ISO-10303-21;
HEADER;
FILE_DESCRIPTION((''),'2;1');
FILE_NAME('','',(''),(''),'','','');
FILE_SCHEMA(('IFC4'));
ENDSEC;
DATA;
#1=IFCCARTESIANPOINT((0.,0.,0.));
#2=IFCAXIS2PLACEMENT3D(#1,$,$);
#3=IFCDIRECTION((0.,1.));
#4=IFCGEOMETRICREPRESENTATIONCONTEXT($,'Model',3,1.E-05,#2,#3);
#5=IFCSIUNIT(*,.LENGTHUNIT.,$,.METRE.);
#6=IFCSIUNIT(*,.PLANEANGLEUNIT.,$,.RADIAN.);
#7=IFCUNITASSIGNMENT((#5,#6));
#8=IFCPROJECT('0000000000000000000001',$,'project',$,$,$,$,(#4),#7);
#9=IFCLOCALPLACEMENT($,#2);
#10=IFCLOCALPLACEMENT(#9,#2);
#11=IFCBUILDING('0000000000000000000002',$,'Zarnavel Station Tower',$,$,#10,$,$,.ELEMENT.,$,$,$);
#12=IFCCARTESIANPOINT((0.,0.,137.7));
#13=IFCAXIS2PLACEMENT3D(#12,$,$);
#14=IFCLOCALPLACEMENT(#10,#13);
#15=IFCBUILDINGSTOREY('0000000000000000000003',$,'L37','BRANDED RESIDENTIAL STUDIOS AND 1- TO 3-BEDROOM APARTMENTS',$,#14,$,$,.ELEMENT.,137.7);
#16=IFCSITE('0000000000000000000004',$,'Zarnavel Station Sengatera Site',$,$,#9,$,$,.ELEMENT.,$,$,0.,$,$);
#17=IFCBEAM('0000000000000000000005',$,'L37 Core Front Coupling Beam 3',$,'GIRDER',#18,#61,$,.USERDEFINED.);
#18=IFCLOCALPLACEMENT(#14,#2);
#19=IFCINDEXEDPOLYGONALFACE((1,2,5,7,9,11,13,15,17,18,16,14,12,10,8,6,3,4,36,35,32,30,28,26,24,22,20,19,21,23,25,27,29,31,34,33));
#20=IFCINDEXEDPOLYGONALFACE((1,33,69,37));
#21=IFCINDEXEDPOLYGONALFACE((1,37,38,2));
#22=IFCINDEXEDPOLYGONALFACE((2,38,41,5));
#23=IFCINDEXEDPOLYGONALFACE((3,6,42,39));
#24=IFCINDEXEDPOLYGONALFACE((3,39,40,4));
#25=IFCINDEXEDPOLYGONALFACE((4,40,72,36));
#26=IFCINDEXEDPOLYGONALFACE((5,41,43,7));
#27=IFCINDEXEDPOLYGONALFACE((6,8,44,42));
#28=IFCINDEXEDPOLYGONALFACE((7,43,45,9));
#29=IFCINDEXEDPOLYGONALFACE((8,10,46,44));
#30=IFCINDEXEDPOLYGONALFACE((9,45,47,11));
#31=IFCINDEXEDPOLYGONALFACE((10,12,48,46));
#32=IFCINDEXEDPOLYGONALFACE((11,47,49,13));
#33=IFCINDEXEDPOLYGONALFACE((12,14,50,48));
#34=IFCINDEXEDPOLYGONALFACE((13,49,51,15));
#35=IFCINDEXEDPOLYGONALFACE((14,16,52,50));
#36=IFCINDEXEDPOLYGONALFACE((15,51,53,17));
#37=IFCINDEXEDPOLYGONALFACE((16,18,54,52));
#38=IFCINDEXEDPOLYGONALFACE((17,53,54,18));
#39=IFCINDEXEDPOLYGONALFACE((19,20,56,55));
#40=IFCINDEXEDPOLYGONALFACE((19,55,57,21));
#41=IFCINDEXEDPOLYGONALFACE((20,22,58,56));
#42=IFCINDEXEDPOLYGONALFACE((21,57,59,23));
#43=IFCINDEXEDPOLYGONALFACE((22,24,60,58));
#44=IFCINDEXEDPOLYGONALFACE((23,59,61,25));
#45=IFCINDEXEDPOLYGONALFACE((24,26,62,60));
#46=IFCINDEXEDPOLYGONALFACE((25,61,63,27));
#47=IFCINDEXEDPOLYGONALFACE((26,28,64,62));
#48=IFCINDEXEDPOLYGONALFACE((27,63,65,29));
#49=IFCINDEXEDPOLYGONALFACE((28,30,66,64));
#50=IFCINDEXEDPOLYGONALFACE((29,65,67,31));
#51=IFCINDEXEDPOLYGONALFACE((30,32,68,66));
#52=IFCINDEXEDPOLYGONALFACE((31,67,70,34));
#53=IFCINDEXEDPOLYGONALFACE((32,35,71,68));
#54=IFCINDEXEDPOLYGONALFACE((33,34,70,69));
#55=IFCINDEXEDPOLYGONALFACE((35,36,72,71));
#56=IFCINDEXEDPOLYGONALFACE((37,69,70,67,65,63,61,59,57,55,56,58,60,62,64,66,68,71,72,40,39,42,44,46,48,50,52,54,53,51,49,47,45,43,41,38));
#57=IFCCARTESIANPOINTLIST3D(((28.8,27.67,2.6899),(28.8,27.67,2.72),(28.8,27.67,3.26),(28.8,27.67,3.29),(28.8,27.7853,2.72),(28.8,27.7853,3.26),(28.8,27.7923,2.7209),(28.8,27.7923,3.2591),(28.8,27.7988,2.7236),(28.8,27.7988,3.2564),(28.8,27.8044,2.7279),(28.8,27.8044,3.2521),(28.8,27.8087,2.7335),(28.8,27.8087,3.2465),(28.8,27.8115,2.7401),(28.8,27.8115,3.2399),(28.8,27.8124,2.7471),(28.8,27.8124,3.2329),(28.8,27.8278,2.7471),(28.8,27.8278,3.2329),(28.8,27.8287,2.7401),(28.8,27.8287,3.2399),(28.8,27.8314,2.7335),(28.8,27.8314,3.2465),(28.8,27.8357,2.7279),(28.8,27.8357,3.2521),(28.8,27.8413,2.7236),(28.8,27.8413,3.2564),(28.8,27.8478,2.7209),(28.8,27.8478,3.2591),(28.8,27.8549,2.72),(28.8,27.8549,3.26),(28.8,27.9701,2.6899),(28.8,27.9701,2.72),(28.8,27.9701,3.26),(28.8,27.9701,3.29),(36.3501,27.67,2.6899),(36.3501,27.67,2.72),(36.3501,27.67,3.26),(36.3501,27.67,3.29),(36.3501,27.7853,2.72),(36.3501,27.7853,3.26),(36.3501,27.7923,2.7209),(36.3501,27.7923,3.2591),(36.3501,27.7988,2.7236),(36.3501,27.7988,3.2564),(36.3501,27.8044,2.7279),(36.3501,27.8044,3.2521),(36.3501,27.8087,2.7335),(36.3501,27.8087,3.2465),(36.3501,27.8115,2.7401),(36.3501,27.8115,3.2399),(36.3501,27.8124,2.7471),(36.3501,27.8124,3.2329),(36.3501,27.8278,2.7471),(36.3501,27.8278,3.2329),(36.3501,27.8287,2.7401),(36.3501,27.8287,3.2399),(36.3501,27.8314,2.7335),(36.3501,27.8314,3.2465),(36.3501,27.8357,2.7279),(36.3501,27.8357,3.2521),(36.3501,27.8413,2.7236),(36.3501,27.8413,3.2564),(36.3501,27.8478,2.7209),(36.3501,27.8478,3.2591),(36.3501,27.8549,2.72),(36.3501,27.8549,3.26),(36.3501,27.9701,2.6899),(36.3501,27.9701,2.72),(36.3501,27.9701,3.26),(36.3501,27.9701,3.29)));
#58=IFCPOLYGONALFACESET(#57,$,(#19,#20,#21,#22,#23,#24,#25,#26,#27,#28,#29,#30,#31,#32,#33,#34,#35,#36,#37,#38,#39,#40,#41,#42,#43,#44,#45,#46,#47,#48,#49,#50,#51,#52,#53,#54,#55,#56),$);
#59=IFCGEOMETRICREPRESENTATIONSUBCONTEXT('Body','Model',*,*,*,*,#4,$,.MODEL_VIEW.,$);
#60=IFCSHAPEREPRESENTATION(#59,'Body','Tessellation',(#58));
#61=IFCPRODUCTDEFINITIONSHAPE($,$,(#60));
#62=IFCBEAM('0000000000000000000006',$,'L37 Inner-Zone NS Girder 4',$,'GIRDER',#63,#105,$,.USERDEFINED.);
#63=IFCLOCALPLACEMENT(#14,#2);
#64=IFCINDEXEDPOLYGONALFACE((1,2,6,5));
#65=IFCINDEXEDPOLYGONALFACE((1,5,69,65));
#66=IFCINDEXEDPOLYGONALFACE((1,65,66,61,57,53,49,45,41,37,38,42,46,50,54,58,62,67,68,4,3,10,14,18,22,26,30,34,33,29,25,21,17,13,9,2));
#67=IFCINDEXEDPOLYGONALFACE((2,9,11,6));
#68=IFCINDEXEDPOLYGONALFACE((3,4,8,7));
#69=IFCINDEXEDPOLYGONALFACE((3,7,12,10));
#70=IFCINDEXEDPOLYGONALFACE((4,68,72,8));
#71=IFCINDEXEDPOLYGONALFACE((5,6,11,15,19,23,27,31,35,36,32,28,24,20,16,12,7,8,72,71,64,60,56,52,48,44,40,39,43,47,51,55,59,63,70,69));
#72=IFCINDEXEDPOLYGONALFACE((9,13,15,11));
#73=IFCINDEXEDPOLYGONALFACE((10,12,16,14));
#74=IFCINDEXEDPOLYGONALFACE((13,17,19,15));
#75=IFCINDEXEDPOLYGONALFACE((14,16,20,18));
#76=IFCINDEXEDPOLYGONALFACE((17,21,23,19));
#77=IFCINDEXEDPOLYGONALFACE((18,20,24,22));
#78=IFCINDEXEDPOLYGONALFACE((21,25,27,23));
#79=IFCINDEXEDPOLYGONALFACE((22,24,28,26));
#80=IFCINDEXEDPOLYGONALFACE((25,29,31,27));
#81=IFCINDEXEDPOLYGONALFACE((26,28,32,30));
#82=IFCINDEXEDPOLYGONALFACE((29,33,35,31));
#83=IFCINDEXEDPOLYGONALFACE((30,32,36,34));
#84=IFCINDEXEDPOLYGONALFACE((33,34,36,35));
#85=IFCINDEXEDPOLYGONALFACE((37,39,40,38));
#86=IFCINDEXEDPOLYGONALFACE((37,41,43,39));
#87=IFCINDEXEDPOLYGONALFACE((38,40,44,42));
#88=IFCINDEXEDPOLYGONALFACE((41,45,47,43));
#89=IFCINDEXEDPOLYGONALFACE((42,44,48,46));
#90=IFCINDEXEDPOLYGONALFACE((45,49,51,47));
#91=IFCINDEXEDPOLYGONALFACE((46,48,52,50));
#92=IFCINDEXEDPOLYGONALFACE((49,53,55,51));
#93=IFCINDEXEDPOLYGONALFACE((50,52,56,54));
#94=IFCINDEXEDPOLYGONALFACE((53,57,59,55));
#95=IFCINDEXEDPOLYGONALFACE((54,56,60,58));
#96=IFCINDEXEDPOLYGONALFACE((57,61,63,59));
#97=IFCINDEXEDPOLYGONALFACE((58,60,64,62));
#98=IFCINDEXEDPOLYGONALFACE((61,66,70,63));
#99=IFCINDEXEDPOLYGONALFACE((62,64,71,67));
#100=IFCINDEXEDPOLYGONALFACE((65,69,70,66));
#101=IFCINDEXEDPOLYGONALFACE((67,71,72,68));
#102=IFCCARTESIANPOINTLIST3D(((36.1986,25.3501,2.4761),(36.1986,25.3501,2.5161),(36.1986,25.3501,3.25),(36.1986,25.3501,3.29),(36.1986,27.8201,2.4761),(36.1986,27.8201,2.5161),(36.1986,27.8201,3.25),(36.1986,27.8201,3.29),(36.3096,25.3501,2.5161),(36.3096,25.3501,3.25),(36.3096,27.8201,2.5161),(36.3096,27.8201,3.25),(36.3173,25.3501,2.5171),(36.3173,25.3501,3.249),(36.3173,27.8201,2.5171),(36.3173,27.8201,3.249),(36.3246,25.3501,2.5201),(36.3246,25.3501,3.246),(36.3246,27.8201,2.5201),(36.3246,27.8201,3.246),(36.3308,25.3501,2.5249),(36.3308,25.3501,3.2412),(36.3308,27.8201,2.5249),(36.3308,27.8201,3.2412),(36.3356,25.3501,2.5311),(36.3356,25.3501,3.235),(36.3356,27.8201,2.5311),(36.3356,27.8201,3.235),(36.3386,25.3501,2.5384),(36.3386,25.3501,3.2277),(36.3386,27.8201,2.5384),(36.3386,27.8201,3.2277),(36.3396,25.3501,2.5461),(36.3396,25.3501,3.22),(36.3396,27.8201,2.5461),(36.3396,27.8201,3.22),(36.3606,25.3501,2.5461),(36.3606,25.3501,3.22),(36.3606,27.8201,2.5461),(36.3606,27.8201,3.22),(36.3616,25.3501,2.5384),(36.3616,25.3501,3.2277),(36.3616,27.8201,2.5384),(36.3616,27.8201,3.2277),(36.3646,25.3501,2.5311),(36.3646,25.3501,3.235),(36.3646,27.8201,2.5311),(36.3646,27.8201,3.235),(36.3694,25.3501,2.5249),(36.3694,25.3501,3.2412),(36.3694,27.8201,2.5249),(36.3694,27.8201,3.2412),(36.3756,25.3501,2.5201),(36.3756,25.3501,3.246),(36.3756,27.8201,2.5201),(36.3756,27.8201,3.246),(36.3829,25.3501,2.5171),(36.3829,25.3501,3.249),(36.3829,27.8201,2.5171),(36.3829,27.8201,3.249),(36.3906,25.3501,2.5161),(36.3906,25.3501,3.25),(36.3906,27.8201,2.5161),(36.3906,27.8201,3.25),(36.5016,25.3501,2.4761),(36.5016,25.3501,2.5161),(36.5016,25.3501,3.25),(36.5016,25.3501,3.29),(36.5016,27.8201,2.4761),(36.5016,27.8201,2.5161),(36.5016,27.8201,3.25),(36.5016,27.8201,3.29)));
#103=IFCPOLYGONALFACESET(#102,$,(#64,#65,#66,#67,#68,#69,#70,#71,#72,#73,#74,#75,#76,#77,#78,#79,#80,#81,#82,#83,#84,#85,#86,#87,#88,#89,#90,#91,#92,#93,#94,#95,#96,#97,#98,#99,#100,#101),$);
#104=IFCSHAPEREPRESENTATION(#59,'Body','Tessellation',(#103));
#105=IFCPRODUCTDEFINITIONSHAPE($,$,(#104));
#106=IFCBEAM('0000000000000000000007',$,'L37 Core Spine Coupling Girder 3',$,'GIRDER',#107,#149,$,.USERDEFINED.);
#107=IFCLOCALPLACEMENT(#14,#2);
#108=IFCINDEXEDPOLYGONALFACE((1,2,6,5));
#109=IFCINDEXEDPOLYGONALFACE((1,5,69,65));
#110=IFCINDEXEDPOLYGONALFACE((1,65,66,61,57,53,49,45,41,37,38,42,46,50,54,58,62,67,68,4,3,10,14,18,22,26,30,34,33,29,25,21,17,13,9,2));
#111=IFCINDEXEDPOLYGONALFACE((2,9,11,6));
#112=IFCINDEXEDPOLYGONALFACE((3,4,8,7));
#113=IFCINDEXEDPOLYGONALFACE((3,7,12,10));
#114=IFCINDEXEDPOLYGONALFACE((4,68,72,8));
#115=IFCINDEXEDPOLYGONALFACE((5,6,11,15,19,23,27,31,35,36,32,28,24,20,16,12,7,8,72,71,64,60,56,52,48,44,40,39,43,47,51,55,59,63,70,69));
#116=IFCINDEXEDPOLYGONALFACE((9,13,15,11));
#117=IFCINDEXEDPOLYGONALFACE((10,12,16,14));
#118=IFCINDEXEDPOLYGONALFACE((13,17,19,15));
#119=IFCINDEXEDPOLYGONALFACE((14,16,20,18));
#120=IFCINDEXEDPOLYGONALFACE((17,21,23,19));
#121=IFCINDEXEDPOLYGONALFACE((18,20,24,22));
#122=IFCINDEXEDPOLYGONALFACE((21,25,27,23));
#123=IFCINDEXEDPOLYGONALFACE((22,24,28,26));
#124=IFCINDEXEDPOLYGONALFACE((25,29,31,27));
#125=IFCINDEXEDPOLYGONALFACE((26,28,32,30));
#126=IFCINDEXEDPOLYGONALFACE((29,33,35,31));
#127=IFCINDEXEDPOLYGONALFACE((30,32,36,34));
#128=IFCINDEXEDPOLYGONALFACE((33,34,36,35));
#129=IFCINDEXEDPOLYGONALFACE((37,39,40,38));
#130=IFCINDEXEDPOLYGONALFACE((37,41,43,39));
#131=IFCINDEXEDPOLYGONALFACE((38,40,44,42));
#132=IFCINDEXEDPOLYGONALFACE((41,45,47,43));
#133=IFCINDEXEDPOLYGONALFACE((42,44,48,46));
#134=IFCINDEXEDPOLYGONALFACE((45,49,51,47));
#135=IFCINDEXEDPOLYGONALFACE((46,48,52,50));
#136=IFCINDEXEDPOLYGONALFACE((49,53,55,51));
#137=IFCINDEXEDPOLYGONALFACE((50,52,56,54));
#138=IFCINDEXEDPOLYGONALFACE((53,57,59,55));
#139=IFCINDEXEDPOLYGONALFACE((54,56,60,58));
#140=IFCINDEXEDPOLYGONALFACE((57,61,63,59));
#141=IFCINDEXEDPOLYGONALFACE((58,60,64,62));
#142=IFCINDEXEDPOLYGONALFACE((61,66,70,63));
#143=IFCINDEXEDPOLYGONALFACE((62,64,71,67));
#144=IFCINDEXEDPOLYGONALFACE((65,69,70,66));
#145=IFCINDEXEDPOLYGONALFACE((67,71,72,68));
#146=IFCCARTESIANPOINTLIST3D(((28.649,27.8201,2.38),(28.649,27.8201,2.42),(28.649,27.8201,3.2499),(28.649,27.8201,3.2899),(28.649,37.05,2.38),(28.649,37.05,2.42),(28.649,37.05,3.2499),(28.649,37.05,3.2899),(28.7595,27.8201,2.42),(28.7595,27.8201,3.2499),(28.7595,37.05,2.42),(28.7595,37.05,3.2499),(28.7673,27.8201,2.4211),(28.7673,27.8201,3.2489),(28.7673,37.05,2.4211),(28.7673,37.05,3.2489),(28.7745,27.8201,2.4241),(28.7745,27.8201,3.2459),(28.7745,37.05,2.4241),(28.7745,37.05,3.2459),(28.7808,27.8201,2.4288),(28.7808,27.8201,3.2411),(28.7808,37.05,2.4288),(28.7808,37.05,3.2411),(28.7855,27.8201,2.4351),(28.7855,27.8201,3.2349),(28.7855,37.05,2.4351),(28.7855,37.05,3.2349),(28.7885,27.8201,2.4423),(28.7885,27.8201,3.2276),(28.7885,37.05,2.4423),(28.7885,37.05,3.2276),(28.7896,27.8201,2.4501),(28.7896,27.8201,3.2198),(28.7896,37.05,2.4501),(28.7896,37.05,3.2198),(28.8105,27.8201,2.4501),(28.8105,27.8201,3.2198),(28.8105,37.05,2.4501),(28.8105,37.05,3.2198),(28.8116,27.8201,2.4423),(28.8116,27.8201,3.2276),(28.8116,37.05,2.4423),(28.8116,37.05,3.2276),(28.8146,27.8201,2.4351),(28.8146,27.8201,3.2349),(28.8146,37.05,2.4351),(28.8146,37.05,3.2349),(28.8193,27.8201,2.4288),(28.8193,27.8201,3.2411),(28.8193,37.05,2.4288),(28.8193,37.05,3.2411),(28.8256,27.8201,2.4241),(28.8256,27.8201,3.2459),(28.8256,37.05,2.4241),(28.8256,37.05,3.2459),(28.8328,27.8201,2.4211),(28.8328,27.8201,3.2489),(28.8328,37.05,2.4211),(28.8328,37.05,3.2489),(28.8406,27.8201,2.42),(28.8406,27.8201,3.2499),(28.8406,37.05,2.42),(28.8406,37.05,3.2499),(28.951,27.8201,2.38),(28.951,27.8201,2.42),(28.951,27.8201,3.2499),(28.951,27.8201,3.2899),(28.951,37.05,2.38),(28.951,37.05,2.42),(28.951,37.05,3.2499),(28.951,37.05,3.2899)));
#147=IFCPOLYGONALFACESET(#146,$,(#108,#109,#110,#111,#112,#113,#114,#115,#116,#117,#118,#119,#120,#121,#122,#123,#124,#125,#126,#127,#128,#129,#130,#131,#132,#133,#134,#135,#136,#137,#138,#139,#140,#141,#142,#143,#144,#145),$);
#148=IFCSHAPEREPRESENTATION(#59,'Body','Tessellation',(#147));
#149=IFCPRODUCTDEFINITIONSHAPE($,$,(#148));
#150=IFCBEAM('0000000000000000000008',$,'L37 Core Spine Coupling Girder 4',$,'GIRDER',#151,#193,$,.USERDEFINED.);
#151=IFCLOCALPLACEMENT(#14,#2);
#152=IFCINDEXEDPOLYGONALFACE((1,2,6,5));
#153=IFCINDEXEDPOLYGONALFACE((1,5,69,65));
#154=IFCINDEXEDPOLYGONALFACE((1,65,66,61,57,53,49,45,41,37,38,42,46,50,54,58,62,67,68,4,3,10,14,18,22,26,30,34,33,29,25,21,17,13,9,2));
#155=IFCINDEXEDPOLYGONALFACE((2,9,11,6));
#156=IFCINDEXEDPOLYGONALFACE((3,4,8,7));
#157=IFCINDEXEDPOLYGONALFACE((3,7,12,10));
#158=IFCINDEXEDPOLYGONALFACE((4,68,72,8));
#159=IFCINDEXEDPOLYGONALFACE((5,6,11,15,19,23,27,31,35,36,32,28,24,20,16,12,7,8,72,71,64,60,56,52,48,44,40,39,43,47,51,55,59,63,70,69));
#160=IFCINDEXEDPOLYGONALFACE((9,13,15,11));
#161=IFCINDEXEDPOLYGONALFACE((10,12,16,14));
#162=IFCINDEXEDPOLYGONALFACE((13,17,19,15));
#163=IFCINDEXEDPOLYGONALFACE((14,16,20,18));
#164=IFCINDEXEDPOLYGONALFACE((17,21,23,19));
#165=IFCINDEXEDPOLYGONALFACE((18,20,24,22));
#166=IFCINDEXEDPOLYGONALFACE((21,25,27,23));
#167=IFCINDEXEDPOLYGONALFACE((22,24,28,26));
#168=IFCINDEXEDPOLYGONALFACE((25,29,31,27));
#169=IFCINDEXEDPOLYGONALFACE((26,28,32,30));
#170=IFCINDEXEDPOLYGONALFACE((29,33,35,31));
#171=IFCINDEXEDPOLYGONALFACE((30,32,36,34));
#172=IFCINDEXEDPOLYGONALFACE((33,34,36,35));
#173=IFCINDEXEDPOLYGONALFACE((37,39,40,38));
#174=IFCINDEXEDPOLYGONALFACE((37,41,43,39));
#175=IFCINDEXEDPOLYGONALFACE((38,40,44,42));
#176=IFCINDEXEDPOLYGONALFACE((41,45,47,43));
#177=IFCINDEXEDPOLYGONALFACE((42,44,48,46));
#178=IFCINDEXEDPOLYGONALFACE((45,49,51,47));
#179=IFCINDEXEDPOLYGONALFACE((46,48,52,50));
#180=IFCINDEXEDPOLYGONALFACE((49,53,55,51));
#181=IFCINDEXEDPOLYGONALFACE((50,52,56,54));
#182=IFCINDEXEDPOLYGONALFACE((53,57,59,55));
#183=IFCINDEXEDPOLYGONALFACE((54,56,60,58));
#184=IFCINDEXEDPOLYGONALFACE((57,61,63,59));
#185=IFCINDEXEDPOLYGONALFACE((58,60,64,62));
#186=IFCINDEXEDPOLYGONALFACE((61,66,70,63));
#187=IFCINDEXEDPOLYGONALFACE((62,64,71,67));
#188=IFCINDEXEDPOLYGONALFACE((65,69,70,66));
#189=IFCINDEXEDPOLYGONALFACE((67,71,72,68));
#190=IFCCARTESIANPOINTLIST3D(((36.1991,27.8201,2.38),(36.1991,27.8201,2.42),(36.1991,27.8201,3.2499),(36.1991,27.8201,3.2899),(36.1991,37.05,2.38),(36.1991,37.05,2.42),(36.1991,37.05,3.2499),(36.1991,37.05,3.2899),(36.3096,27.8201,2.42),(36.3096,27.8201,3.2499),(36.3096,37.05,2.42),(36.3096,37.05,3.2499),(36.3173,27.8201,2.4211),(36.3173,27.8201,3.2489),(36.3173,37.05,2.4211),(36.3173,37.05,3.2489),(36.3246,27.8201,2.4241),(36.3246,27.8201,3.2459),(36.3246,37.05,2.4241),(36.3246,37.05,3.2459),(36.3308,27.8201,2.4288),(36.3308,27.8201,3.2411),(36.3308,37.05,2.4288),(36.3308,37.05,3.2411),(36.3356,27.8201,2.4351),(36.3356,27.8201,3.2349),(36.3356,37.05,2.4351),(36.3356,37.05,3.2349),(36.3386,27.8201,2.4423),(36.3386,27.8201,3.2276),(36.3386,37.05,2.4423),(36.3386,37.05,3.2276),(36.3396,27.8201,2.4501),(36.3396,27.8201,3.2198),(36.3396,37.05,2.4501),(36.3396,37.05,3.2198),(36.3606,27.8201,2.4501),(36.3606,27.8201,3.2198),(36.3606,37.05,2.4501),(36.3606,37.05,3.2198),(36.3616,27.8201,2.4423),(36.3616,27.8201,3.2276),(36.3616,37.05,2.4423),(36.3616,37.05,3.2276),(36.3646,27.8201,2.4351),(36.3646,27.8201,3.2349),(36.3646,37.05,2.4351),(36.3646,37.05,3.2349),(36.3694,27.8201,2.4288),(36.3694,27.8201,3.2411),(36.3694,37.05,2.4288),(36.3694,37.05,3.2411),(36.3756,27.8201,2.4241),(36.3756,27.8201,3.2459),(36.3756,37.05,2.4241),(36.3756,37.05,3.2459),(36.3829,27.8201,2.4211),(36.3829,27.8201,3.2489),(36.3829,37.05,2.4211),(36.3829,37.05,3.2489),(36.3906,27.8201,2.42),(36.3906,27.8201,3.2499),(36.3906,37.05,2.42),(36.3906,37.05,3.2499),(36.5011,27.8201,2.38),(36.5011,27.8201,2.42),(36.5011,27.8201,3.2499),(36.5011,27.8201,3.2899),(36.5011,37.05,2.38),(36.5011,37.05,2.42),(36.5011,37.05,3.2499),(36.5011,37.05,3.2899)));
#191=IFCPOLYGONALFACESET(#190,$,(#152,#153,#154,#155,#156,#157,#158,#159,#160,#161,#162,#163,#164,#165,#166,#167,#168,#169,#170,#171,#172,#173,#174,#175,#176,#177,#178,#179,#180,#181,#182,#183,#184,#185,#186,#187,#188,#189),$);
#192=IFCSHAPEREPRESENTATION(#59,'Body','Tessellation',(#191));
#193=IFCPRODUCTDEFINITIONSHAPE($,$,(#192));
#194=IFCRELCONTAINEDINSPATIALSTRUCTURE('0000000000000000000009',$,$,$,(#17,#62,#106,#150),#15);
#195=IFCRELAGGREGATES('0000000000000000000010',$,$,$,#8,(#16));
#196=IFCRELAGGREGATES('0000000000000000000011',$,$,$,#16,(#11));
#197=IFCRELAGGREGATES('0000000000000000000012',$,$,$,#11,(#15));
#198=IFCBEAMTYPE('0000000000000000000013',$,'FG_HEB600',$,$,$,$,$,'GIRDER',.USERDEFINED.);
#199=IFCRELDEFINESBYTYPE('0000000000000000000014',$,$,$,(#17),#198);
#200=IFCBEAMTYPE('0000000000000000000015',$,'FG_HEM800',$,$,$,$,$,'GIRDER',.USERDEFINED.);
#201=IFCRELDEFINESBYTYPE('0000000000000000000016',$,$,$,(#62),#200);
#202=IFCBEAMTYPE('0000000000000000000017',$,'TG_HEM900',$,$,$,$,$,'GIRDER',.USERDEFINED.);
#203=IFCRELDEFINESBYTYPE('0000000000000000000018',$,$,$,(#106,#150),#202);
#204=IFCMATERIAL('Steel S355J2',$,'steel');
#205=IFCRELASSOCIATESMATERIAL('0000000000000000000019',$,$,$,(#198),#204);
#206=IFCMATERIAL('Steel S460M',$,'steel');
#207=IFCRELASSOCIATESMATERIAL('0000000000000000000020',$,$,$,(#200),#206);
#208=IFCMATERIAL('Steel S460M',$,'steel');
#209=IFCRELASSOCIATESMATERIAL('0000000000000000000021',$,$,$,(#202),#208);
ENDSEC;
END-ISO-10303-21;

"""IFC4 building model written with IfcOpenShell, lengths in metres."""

from ifc_helpers import new_model, si_unit, direction, frame, origin, origin_2d, place, context, subcontext, project, spatial, i_section, extrude, material, material_profile, profile_set, type_object, element, save


model = new_model("IFC4")

# Units and contexts
model_context = context("Model", 3, precision=1e-05, world=origin(), true_north=direction((0.0, 1.0)))
body_context = subcontext(model_context, "Body", "Model", "MODEL_VIEW")
ifc_project = project(units=[si_unit("LENGTHUNIT", "METRE"), si_unit("PLANEANGLEUNIT", "RADIAN")], contexts=[model_context])

# Site, building, storey
site_placement = place(None, origin())
site = spatial("IfcSite", under=ifc_project, at=site_placement, Name="Zarnavel Station Sengatera Site", CompositionType="ELEMENT", RefElevation=0.0)
building_placement = place(site_placement, origin())
building = spatial("IfcBuilding", under=site, at=building_placement, Name="Zarnavel Station Tower", CompositionType="ELEMENT")
storey_placement = place(building_placement, frame((0.0, 0.0, 137.7)))
storey = spatial("IfcBuildingStorey", under=building, at=storey_placement, Name="L37", Description="BRANDED RESIDENTIAL STUDIOS AND 1- TO 3-BEDROOM APARTMENTS", CompositionType="ELEMENT", Elevation=137.7)

# Beams
ifc_material_1 = material(Name="Steel S355J2", Category="steel")
ifc_material_profile_1 = material_profile(ifc_material_1, i_section(OverallWidth=0.3, OverallDepth=0.6001, WebThickness=0.0154, FlangeThickness=0.03, FilletRadius=0.0271, at=origin_2d()), Name="HEB600")
ifc_profile_set_1 = profile_set([ifc_material_profile_1], Name="Steel S355J2")
beam_type_1 = type_object("IfcBeamType", Name="FG_HEB600", ElementType="GIRDER", PredefinedType="USERDEFINED", material=ifc_profile_set_1)
beam_1_placement = place(storey_placement, frame((28.8, 27.8201, 2.99), z_axis=(1.0, 0.0, 0.0), x_axis=(0.0, 1.0, 0.0)))
element("IfcBeam", 1, at=beam_1_placement, inside=storey, type_object=beam_type_1, Name="L37 Core Front Coupling Beam 3", ObjectType="GIRDER", PredefinedType="USERDEFINED", context=body_context, shape_type="SweptSolid", body=[
    extrude(i_section(OverallWidth=0.3, OverallDepth=0.6001, WebThickness=0.0154, FlangeThickness=0.03, FilletRadius=0.0271, at=origin_2d()), origin(), (0.0, 0.0, 1.0), 7.55),
])
ifc_material_2 = material(Name="Steel S460M", Category="steel")
ifc_material_profile_2 = material_profile(ifc_material_2, i_section(OverallWidth=0.303, OverallDepth=0.814, WebThickness=0.021, FlangeThickness=0.04, FilletRadius=0.03, at=origin_2d()), Name="HEM800")
ifc_profile_set_2 = profile_set([ifc_material_profile_2], Name="Steel S460M")
beam_type_2 = type_object("IfcBeamType", Name="FG_HEM800", ElementType="GIRDER", PredefinedType="USERDEFINED", material=ifc_profile_set_2)
beam_2_placement = place(storey_placement, frame((36.3501, 25.3501, 2.8831), z_axis=(0.0, 1.0, 0.0), x_axis=(-1.0, 0.0, 0.0)))
element("IfcBeam", 2, at=beam_2_placement, inside=storey, type_object=beam_type_2, Name="L37 Inner-Zone NS Girder 4", ObjectType="GIRDER", PredefinedType="USERDEFINED", context=body_context, shape_type="SweptSolid", body=[
    extrude(i_section(OverallWidth=0.303, OverallDepth=0.814, WebThickness=0.021, FlangeThickness=0.04, FilletRadius=0.03, at=origin_2d()), origin(), (0.0, 0.0, 1.0), 2.47),
])
ifc_material_3 = material(Name="Steel S460M", Category="steel")
ifc_material_profile_3 = material_profile(ifc_material_3, i_section(OverallWidth=0.302, OverallDepth=0.9099, WebThickness=0.021, FlangeThickness=0.04, FilletRadius=0.03, at=origin_2d()), Name="HEM900")
ifc_profile_set_3 = profile_set([ifc_material_profile_3], Name="Steel S460M")
beam_type_3 = type_object("IfcBeamType", Name="TG_HEM900", ElementType="GIRDER", PredefinedType="USERDEFINED", material=ifc_profile_set_3)
for number, where, z_axis, x_axis, name in (
    (3, (28.8, 27.8201, 2.835), (0.0, 1.0, 0.0), (-1.0, 0.0, 0.0), "L37 Core Spine Coupling Girder 3"),
    (4, (36.3501, 27.8201, 2.835), (0.0, 1.0, 0.0), (-1.0, 0.0, 0.0), "L37 Core Spine Coupling Girder 4"),
):
    element("IfcBeam", number, at=place(storey_placement, frame(where, z_axis=z_axis, x_axis=x_axis)), inside=storey, type_object=beam_type_3, Name=name, ObjectType="GIRDER", PredefinedType="USERDEFINED", context=body_context, shape_type="SweptSolid", body=[
        extrude(i_section(OverallWidth=0.302, OverallDepth=0.9099, WebThickness=0.021, FlangeThickness=0.04, FilletRadius=0.03, at=origin_2d()), origin(), (0.0, 0.0, 1.0), 9.23),
    ])

save(model, "model.ifc")
